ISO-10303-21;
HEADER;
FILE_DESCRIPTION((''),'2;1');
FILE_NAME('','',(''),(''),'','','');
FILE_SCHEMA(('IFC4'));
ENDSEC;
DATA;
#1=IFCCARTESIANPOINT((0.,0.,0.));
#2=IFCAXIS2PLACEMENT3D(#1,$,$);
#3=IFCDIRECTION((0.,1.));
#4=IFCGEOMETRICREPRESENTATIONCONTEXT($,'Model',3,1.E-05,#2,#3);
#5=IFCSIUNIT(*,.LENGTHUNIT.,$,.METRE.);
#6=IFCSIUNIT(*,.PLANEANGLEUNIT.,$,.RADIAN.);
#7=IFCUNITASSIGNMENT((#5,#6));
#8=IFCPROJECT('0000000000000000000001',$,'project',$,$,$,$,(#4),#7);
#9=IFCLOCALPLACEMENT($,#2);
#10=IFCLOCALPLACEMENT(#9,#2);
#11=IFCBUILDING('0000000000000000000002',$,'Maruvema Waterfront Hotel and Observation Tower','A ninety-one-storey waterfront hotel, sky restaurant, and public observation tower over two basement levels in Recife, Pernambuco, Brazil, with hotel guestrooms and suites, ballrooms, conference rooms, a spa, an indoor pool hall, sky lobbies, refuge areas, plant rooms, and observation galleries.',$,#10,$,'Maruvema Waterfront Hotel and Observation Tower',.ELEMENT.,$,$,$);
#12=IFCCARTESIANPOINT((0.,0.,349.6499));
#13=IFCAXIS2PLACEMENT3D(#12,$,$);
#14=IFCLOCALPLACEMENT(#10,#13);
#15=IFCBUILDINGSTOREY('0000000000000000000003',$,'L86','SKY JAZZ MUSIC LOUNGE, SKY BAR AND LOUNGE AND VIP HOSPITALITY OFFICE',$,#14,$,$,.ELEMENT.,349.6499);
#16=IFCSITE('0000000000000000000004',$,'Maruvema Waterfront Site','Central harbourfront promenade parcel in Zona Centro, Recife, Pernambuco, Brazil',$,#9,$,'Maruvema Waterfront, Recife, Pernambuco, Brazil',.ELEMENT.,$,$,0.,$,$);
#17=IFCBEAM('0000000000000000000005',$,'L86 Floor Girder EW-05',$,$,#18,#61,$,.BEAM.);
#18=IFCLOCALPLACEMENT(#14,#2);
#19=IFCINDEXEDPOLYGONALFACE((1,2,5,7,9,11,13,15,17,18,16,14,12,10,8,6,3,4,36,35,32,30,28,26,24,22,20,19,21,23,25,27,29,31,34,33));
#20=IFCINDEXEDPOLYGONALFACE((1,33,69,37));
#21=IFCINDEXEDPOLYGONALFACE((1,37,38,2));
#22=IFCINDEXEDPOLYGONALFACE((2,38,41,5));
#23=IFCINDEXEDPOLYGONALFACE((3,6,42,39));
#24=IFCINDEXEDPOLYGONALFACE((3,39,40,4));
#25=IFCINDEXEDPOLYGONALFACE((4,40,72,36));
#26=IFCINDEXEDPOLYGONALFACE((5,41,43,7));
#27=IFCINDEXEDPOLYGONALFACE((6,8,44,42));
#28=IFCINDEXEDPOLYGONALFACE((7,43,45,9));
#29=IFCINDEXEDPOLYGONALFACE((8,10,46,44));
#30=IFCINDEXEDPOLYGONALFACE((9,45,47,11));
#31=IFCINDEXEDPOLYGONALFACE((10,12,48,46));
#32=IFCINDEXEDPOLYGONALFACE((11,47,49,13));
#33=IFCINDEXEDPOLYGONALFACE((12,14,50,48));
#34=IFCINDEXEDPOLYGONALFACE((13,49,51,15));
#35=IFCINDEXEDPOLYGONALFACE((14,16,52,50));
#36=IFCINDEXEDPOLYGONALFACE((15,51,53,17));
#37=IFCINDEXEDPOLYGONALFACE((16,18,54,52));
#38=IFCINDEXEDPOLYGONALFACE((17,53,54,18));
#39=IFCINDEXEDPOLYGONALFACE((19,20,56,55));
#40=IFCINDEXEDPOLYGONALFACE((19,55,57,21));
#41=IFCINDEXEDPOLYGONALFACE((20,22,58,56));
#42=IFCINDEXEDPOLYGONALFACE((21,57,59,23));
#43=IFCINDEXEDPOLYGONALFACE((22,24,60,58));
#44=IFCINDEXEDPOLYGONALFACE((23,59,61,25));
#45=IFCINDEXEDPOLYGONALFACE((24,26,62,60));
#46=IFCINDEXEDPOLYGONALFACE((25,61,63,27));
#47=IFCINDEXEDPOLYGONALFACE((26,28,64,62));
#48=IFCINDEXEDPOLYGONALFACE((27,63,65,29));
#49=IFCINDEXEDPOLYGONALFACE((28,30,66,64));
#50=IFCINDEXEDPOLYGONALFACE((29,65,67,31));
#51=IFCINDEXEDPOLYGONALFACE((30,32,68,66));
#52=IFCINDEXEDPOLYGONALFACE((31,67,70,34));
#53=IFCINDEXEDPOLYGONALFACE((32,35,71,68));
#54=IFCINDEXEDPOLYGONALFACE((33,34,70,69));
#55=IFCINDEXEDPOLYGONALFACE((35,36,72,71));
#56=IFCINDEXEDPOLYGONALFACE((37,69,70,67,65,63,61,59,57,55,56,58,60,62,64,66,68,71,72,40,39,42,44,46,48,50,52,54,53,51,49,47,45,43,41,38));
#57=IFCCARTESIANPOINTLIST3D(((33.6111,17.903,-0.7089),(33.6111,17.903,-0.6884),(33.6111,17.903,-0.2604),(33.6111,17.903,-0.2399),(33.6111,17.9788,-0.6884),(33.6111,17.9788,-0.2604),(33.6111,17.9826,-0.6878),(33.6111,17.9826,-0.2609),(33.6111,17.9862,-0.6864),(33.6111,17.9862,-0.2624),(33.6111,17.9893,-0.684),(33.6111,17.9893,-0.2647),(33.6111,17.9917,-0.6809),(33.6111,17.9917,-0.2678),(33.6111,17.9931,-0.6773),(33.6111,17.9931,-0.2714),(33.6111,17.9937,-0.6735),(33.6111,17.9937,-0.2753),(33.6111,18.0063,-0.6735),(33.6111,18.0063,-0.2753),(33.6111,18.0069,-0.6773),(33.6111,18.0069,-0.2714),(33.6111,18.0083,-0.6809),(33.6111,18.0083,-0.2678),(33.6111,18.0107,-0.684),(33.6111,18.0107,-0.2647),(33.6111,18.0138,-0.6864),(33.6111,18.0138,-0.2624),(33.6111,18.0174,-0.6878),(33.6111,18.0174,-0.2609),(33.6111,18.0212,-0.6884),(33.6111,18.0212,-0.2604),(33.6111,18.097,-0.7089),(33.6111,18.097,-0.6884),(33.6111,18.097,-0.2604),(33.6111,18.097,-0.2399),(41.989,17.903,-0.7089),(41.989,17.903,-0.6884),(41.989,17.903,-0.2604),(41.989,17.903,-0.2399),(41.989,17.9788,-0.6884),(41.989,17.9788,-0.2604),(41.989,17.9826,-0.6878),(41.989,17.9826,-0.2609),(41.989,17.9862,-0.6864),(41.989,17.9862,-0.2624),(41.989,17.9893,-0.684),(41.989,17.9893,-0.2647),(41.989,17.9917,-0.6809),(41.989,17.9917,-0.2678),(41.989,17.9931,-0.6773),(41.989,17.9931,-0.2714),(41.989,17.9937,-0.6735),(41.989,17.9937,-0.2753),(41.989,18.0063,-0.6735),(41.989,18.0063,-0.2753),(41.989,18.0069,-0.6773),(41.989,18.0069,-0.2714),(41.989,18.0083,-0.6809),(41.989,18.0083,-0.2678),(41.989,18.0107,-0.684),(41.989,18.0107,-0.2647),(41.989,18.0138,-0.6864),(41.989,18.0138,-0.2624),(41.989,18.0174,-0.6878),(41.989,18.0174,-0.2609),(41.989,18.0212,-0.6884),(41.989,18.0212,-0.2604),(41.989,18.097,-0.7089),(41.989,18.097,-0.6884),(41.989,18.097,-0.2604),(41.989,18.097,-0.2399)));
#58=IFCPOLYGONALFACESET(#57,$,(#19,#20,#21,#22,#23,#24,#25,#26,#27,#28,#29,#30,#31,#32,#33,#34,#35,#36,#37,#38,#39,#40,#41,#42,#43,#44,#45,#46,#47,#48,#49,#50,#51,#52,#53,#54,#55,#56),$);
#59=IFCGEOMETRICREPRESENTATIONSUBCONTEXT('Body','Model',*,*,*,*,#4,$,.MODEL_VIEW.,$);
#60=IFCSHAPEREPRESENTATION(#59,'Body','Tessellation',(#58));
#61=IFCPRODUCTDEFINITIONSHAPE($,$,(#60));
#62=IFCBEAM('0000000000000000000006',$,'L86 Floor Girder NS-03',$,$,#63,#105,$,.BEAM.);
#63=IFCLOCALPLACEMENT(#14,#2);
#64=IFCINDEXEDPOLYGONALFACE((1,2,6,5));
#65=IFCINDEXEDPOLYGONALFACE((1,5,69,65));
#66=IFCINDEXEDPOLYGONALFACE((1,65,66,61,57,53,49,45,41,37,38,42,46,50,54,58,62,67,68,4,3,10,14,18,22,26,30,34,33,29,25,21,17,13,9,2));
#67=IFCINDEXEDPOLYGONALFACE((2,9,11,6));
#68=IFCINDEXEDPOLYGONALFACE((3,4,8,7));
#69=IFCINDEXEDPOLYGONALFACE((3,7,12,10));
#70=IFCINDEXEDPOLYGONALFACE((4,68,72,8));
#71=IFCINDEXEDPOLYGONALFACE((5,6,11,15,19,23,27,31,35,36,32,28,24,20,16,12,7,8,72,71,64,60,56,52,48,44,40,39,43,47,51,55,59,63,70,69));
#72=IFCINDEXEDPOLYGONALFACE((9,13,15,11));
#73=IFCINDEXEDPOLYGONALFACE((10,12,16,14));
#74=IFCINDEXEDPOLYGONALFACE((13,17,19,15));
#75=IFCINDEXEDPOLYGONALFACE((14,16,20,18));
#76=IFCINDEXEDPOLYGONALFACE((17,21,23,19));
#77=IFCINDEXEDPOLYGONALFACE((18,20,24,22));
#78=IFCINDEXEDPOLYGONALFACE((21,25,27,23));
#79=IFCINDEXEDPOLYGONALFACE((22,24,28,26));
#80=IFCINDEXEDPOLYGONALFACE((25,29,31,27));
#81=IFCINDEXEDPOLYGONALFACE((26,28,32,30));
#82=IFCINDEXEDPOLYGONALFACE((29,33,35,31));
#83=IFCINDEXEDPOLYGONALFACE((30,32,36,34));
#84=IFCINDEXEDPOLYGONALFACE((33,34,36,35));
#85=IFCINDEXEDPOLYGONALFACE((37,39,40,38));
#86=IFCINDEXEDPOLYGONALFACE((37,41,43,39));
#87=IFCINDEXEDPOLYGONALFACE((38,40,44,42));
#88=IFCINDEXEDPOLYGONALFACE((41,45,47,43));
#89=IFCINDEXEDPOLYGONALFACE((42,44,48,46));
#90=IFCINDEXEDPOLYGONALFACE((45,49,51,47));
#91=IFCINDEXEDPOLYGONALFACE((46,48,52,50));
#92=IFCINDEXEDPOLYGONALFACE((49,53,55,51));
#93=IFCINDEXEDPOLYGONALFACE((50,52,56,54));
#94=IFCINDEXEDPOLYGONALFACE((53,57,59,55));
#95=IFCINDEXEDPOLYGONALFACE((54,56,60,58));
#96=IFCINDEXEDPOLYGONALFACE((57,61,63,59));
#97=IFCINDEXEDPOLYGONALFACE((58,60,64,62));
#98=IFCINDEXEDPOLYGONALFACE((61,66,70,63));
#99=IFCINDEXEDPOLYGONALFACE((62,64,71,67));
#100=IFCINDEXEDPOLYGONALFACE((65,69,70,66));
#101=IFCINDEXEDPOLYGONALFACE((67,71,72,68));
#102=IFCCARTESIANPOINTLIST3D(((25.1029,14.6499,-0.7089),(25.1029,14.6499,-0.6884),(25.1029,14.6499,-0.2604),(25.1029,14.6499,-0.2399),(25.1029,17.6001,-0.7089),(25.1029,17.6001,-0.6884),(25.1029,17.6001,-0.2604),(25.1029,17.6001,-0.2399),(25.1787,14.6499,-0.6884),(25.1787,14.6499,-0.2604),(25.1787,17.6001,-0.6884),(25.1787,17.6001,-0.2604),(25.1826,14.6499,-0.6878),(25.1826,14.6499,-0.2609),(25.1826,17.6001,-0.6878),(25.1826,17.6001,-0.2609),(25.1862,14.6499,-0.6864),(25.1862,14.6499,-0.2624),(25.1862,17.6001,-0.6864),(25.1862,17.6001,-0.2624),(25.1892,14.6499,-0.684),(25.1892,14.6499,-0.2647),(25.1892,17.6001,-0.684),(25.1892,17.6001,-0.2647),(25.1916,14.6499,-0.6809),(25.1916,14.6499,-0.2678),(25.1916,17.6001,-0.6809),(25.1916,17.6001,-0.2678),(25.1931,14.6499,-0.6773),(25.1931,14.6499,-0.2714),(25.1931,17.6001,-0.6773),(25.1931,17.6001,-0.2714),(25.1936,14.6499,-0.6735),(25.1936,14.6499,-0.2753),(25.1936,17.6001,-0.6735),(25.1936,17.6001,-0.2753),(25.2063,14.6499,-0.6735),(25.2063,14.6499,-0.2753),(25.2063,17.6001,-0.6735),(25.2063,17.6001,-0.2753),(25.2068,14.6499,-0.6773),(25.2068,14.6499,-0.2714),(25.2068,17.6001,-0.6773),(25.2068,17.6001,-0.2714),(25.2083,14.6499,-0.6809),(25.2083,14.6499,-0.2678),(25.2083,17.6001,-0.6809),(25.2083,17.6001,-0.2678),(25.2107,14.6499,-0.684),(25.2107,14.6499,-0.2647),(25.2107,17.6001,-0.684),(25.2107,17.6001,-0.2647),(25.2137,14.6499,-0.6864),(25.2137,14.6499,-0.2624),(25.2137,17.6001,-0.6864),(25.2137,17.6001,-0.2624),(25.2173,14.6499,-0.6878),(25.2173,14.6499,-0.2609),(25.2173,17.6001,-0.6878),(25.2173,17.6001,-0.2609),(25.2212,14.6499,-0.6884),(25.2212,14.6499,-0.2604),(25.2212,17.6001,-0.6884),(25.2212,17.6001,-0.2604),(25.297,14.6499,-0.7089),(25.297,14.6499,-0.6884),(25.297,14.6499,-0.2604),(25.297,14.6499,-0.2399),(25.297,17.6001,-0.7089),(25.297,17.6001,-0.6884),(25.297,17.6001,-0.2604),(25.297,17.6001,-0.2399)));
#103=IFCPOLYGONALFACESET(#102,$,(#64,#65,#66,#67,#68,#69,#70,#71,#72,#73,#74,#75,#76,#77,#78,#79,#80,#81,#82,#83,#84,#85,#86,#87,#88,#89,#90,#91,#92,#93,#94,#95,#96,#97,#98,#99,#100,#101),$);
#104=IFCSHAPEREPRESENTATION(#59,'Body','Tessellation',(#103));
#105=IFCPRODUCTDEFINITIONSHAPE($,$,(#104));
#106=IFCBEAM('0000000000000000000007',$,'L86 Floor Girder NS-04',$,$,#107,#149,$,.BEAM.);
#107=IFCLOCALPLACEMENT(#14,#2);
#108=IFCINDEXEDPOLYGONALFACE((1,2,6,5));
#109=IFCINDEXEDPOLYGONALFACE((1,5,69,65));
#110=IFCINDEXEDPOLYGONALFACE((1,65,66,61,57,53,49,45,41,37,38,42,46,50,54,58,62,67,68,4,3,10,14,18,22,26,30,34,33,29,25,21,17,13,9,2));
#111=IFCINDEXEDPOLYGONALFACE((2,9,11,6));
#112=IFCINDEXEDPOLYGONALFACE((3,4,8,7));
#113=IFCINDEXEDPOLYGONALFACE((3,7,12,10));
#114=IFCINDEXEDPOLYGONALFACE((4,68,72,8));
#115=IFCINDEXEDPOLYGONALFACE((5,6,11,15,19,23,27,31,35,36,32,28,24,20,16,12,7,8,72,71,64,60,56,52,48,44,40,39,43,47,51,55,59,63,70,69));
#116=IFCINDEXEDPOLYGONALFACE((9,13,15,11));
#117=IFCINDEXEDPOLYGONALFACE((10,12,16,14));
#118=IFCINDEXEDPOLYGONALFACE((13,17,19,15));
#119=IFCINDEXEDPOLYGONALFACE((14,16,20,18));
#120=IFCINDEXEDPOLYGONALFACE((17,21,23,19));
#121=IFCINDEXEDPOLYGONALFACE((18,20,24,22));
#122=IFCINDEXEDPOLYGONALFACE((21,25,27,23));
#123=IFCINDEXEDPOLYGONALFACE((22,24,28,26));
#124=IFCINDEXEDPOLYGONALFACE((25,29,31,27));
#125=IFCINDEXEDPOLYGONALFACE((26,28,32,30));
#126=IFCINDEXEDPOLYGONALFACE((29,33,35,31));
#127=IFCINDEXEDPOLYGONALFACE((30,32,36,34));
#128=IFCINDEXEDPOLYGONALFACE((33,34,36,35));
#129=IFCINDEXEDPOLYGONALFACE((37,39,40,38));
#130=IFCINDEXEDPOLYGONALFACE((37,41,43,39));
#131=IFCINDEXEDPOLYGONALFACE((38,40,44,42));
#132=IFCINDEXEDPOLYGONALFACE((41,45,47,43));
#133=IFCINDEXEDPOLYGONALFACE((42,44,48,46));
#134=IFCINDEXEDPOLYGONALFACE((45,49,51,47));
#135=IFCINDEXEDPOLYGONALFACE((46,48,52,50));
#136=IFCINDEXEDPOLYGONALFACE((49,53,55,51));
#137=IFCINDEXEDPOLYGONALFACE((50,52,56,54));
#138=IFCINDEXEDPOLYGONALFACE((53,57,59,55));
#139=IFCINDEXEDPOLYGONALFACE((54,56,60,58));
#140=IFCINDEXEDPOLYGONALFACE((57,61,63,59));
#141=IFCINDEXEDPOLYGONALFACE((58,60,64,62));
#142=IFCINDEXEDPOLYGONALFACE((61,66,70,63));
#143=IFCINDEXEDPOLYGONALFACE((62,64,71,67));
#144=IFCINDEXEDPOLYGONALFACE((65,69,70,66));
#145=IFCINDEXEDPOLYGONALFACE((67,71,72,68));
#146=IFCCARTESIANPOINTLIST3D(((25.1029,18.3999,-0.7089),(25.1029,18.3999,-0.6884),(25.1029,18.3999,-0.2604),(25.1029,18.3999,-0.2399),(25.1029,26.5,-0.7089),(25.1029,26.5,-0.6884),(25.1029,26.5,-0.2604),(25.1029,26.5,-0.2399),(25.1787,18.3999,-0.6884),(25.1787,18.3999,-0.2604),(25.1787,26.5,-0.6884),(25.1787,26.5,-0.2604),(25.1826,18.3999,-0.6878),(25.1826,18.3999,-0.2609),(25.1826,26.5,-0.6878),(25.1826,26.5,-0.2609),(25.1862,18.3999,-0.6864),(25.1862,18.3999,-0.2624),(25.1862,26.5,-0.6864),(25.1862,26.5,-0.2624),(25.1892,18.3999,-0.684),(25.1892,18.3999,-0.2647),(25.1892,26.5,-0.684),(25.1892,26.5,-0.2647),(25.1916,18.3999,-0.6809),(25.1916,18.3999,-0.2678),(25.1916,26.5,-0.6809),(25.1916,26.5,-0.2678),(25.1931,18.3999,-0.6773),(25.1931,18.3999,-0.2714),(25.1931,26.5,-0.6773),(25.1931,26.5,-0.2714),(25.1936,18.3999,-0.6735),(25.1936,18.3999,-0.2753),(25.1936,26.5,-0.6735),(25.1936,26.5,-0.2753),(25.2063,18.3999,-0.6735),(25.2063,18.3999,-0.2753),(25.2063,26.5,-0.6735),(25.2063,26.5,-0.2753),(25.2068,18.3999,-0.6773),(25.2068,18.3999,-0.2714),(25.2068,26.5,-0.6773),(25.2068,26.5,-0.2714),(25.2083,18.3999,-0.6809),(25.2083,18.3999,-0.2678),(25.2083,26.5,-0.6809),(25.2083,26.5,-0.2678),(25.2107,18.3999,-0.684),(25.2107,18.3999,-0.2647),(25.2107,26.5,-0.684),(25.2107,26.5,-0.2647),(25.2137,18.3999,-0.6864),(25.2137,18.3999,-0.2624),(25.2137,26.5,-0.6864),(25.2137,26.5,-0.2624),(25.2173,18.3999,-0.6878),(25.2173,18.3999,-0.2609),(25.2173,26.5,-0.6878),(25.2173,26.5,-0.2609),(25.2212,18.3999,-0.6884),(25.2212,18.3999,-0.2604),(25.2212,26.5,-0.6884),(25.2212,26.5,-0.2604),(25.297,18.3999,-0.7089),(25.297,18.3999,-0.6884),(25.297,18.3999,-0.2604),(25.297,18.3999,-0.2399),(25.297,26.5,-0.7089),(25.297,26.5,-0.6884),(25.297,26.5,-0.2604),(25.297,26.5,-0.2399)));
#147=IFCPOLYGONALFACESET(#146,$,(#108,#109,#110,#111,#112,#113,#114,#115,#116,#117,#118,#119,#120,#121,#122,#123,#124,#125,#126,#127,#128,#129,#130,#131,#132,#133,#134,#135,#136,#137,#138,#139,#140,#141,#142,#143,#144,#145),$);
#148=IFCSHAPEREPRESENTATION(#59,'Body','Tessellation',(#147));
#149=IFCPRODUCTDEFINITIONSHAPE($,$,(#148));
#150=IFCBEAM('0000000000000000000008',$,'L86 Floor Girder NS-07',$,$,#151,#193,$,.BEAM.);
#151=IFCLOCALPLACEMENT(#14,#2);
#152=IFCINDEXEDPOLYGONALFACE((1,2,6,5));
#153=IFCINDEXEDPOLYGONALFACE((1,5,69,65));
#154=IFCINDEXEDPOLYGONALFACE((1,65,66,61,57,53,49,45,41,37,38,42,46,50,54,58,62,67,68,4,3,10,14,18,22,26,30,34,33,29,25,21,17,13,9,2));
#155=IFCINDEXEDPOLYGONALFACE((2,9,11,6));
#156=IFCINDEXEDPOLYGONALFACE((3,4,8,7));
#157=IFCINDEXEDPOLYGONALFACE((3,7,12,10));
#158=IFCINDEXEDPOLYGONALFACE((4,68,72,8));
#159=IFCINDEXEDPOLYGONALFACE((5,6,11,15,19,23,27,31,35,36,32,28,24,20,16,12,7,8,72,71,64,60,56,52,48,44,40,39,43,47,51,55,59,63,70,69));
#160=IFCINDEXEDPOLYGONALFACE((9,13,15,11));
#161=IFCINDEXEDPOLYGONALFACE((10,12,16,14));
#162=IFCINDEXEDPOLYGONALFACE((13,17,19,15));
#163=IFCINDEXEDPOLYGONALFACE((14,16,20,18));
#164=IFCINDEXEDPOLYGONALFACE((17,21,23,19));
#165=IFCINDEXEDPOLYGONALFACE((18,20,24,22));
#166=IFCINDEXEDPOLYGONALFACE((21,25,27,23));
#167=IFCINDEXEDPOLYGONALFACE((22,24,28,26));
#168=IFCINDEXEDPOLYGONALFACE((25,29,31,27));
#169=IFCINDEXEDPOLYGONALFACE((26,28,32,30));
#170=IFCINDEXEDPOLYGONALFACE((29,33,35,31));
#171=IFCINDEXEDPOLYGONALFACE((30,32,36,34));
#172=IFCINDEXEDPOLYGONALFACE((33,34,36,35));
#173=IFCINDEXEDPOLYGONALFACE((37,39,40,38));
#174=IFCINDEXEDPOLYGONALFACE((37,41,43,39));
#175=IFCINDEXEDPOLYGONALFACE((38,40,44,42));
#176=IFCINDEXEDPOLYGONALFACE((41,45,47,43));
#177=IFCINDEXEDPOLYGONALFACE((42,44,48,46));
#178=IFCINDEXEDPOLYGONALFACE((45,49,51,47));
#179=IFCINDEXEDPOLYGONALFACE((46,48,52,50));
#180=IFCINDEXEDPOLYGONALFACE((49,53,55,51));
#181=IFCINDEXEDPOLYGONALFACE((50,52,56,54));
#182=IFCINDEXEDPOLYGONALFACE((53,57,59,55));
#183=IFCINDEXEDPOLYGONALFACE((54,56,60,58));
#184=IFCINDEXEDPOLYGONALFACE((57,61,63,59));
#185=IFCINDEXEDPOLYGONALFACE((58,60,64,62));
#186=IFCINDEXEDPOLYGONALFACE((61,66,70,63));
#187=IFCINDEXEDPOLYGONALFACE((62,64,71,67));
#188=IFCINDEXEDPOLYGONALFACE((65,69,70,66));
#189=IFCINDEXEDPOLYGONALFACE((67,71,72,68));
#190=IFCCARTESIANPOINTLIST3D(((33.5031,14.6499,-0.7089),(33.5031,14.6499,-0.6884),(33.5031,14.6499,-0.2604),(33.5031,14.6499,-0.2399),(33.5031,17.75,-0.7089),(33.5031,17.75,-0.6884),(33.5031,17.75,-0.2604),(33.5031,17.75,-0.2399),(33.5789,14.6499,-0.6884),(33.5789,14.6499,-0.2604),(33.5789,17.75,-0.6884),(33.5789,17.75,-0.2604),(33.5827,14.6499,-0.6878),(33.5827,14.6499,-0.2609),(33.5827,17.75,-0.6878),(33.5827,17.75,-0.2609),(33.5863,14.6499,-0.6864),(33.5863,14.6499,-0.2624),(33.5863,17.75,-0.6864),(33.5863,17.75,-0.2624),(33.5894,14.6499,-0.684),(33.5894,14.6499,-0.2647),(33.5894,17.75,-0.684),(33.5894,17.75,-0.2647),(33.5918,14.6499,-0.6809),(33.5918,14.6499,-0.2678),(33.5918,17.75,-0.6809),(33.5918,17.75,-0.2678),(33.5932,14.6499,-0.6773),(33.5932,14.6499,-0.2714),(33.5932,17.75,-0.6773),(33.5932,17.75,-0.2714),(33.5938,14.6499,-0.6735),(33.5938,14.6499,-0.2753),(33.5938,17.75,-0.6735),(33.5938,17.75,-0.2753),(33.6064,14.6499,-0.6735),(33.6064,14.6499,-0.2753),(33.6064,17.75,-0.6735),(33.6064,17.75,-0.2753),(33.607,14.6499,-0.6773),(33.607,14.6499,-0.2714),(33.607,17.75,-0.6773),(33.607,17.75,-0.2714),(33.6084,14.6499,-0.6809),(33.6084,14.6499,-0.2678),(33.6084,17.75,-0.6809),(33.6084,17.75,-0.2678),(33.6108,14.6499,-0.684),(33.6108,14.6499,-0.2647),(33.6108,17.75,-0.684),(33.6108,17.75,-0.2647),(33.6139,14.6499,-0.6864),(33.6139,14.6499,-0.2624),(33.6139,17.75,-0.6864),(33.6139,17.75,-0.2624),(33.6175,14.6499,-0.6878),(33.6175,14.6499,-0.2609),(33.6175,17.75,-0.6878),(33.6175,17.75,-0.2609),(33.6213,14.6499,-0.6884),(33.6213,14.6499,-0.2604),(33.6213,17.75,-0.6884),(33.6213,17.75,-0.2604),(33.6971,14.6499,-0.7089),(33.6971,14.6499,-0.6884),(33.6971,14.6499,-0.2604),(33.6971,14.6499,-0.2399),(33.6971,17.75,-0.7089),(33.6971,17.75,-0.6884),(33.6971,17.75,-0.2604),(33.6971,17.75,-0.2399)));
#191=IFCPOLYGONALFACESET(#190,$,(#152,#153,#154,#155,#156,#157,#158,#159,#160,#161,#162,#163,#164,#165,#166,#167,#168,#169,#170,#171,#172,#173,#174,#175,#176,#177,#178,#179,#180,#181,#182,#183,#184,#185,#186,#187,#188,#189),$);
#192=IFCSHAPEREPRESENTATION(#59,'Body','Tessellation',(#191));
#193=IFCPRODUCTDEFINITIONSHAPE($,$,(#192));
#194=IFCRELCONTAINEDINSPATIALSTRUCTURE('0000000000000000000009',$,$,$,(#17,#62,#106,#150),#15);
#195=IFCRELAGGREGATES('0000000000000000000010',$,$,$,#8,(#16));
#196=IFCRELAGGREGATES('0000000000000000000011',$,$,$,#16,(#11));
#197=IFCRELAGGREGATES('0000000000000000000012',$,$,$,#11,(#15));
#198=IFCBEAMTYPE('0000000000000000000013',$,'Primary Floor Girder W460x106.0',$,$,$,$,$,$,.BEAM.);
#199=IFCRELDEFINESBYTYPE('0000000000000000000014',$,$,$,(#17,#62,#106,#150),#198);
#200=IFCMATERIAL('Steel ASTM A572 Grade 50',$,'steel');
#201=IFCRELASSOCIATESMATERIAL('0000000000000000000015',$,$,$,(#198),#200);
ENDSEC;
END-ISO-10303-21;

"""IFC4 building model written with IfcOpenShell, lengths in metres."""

from ifc_helpers import new_model, si_unit, direction, frame, origin, origin_2d, place, context, subcontext, project, spatial, i_section, extrude, material, material_profile, profile_set, type_object, element, save


model = new_model("IFC4")

# Units and contexts
model_context = context("Model", 3, precision=1e-05, world=origin(), true_north=direction((0.0, 1.0)))
body_context = subcontext(model_context, "Body", "Model", "MODEL_VIEW")
ifc_project = project(units=[si_unit("LENGTHUNIT", "METRE"), si_unit("PLANEANGLEUNIT", "RADIAN")], contexts=[model_context])

# Site, building, storey
site_placement = place(None, origin())
site = spatial("IfcSite", under=ifc_project, at=site_placement, Name="Maruvema Waterfront Site", Description="Central harbourfront promenade parcel in Zona Centro, Recife, Pernambuco, Brazil", LongName="Maruvema Waterfront, Recife, Pernambuco, Brazil", CompositionType="ELEMENT", RefElevation=0.0)
building_placement = place(site_placement, origin())
building = spatial("IfcBuilding", under=site, at=building_placement, Name="Maruvema Waterfront Hotel and Observation Tower", Description="A ninety-one-storey waterfront hotel, sky restaurant, and public observation tower over two basement levels in Recife, Pernambuco, Brazil, with hotel guestrooms and suites, ballrooms, conference rooms, a spa, an indoor pool hall, sky lobbies, refuge areas, plant rooms, and observation galleries.", LongName="Maruvema Waterfront Hotel and Observation Tower", CompositionType="ELEMENT")
storey_placement = place(building_placement, frame((0.0, 0.0, 349.6499)))
storey = spatial("IfcBuildingStorey", under=building, at=storey_placement, Name="L86", Description="SKY JAZZ MUSIC LOUNGE, SKY BAR AND LOUNGE AND VIP HOSPITALITY OFFICE", CompositionType="ELEMENT", Elevation=349.6499)

# Beams
ifc_material_1 = material(Name="Steel ASTM A572 Grade 50", Category="steel")
ifc_material_profile_1 = material_profile(ifc_material_1, i_section(OverallWidth=0.1941, OverallDepth=0.469, WebThickness=0.0127, FlangeThickness=0.0205, FilletRadius=0.0149, at=origin_2d()), Name="W460x106.0")
ifc_profile_set_1 = profile_set([ifc_material_profile_1], Name="Steel ASTM A572 Grade 50")
beam_type_1 = type_object("IfcBeamType", Name="Primary Floor Girder W460x106.0", PredefinedType="BEAM", material=ifc_profile_set_1)
beam_1_placement = place(storey_placement, frame((33.6111, 18.0, -0.4744), z_axis=(1.0, 0.0, 0.0), x_axis=(0.0, 1.0, 0.0)))
element("IfcBeam", 1, at=beam_1_placement, inside=storey, type_object=beam_type_1, Name="L86 Floor Girder EW-05", PredefinedType="BEAM", context=body_context, shape_type="SweptSolid", body=[
    extrude(i_section(OverallWidth=0.1941, OverallDepth=0.469, WebThickness=0.0127, FlangeThickness=0.0205, FilletRadius=0.0149, at=origin_2d()), origin(), (0.0, 0.0, 1.0), 8.3779),
])
beam_2_placement = place(storey_placement, frame((25.2, 14.6499, -0.4744), z_axis=(0.0, 1.0, 0.0), x_axis=(-1.0, 0.0, 0.0)))
element("IfcBeam", 2, at=beam_2_placement, inside=storey, type_object=beam_type_1, Name="L86 Floor Girder NS-03", PredefinedType="BEAM", context=body_context, shape_type="SweptSolid", body=[
    extrude(i_section(OverallWidth=0.1941, OverallDepth=0.469, WebThickness=0.0127, FlangeThickness=0.0205, FilletRadius=0.0149, at=origin_2d()), origin(), (0.0, 0.0, 1.0), 2.9502),
])
beam_3_placement = place(storey_placement, frame((25.2, 18.3999, -0.4744), z_axis=(0.0, 1.0, 0.0), x_axis=(-1.0, 0.0, 0.0)))
element("IfcBeam", 3, at=beam_3_placement, inside=storey, type_object=beam_type_1, Name="L86 Floor Girder NS-04", PredefinedType="BEAM", context=body_context, shape_type="SweptSolid", body=[
    extrude(i_section(OverallWidth=0.1941, OverallDepth=0.469, WebThickness=0.0127, FlangeThickness=0.0205, FilletRadius=0.0149, at=origin_2d()), origin(), (0.0, 0.0, 1.0), 8.1001),
])
beam_4_placement = place(storey_placement, frame((33.6001, 14.6499, -0.4744), z_axis=(0.0, 1.0, 0.0), x_axis=(-1.0, 0.0, 0.0)))
element("IfcBeam", 4, at=beam_4_placement, inside=storey, type_object=beam_type_1, Name="L86 Floor Girder NS-07", PredefinedType="BEAM", context=body_context, shape_type="SweptSolid", body=[
    extrude(i_section(OverallWidth=0.1941, OverallDepth=0.469, WebThickness=0.0127, FlangeThickness=0.0205, FilletRadius=0.0149, at=origin_2d()), origin(), (0.0, 0.0, 1.0), 3.1001),
])

save(model, "model.ifc")
